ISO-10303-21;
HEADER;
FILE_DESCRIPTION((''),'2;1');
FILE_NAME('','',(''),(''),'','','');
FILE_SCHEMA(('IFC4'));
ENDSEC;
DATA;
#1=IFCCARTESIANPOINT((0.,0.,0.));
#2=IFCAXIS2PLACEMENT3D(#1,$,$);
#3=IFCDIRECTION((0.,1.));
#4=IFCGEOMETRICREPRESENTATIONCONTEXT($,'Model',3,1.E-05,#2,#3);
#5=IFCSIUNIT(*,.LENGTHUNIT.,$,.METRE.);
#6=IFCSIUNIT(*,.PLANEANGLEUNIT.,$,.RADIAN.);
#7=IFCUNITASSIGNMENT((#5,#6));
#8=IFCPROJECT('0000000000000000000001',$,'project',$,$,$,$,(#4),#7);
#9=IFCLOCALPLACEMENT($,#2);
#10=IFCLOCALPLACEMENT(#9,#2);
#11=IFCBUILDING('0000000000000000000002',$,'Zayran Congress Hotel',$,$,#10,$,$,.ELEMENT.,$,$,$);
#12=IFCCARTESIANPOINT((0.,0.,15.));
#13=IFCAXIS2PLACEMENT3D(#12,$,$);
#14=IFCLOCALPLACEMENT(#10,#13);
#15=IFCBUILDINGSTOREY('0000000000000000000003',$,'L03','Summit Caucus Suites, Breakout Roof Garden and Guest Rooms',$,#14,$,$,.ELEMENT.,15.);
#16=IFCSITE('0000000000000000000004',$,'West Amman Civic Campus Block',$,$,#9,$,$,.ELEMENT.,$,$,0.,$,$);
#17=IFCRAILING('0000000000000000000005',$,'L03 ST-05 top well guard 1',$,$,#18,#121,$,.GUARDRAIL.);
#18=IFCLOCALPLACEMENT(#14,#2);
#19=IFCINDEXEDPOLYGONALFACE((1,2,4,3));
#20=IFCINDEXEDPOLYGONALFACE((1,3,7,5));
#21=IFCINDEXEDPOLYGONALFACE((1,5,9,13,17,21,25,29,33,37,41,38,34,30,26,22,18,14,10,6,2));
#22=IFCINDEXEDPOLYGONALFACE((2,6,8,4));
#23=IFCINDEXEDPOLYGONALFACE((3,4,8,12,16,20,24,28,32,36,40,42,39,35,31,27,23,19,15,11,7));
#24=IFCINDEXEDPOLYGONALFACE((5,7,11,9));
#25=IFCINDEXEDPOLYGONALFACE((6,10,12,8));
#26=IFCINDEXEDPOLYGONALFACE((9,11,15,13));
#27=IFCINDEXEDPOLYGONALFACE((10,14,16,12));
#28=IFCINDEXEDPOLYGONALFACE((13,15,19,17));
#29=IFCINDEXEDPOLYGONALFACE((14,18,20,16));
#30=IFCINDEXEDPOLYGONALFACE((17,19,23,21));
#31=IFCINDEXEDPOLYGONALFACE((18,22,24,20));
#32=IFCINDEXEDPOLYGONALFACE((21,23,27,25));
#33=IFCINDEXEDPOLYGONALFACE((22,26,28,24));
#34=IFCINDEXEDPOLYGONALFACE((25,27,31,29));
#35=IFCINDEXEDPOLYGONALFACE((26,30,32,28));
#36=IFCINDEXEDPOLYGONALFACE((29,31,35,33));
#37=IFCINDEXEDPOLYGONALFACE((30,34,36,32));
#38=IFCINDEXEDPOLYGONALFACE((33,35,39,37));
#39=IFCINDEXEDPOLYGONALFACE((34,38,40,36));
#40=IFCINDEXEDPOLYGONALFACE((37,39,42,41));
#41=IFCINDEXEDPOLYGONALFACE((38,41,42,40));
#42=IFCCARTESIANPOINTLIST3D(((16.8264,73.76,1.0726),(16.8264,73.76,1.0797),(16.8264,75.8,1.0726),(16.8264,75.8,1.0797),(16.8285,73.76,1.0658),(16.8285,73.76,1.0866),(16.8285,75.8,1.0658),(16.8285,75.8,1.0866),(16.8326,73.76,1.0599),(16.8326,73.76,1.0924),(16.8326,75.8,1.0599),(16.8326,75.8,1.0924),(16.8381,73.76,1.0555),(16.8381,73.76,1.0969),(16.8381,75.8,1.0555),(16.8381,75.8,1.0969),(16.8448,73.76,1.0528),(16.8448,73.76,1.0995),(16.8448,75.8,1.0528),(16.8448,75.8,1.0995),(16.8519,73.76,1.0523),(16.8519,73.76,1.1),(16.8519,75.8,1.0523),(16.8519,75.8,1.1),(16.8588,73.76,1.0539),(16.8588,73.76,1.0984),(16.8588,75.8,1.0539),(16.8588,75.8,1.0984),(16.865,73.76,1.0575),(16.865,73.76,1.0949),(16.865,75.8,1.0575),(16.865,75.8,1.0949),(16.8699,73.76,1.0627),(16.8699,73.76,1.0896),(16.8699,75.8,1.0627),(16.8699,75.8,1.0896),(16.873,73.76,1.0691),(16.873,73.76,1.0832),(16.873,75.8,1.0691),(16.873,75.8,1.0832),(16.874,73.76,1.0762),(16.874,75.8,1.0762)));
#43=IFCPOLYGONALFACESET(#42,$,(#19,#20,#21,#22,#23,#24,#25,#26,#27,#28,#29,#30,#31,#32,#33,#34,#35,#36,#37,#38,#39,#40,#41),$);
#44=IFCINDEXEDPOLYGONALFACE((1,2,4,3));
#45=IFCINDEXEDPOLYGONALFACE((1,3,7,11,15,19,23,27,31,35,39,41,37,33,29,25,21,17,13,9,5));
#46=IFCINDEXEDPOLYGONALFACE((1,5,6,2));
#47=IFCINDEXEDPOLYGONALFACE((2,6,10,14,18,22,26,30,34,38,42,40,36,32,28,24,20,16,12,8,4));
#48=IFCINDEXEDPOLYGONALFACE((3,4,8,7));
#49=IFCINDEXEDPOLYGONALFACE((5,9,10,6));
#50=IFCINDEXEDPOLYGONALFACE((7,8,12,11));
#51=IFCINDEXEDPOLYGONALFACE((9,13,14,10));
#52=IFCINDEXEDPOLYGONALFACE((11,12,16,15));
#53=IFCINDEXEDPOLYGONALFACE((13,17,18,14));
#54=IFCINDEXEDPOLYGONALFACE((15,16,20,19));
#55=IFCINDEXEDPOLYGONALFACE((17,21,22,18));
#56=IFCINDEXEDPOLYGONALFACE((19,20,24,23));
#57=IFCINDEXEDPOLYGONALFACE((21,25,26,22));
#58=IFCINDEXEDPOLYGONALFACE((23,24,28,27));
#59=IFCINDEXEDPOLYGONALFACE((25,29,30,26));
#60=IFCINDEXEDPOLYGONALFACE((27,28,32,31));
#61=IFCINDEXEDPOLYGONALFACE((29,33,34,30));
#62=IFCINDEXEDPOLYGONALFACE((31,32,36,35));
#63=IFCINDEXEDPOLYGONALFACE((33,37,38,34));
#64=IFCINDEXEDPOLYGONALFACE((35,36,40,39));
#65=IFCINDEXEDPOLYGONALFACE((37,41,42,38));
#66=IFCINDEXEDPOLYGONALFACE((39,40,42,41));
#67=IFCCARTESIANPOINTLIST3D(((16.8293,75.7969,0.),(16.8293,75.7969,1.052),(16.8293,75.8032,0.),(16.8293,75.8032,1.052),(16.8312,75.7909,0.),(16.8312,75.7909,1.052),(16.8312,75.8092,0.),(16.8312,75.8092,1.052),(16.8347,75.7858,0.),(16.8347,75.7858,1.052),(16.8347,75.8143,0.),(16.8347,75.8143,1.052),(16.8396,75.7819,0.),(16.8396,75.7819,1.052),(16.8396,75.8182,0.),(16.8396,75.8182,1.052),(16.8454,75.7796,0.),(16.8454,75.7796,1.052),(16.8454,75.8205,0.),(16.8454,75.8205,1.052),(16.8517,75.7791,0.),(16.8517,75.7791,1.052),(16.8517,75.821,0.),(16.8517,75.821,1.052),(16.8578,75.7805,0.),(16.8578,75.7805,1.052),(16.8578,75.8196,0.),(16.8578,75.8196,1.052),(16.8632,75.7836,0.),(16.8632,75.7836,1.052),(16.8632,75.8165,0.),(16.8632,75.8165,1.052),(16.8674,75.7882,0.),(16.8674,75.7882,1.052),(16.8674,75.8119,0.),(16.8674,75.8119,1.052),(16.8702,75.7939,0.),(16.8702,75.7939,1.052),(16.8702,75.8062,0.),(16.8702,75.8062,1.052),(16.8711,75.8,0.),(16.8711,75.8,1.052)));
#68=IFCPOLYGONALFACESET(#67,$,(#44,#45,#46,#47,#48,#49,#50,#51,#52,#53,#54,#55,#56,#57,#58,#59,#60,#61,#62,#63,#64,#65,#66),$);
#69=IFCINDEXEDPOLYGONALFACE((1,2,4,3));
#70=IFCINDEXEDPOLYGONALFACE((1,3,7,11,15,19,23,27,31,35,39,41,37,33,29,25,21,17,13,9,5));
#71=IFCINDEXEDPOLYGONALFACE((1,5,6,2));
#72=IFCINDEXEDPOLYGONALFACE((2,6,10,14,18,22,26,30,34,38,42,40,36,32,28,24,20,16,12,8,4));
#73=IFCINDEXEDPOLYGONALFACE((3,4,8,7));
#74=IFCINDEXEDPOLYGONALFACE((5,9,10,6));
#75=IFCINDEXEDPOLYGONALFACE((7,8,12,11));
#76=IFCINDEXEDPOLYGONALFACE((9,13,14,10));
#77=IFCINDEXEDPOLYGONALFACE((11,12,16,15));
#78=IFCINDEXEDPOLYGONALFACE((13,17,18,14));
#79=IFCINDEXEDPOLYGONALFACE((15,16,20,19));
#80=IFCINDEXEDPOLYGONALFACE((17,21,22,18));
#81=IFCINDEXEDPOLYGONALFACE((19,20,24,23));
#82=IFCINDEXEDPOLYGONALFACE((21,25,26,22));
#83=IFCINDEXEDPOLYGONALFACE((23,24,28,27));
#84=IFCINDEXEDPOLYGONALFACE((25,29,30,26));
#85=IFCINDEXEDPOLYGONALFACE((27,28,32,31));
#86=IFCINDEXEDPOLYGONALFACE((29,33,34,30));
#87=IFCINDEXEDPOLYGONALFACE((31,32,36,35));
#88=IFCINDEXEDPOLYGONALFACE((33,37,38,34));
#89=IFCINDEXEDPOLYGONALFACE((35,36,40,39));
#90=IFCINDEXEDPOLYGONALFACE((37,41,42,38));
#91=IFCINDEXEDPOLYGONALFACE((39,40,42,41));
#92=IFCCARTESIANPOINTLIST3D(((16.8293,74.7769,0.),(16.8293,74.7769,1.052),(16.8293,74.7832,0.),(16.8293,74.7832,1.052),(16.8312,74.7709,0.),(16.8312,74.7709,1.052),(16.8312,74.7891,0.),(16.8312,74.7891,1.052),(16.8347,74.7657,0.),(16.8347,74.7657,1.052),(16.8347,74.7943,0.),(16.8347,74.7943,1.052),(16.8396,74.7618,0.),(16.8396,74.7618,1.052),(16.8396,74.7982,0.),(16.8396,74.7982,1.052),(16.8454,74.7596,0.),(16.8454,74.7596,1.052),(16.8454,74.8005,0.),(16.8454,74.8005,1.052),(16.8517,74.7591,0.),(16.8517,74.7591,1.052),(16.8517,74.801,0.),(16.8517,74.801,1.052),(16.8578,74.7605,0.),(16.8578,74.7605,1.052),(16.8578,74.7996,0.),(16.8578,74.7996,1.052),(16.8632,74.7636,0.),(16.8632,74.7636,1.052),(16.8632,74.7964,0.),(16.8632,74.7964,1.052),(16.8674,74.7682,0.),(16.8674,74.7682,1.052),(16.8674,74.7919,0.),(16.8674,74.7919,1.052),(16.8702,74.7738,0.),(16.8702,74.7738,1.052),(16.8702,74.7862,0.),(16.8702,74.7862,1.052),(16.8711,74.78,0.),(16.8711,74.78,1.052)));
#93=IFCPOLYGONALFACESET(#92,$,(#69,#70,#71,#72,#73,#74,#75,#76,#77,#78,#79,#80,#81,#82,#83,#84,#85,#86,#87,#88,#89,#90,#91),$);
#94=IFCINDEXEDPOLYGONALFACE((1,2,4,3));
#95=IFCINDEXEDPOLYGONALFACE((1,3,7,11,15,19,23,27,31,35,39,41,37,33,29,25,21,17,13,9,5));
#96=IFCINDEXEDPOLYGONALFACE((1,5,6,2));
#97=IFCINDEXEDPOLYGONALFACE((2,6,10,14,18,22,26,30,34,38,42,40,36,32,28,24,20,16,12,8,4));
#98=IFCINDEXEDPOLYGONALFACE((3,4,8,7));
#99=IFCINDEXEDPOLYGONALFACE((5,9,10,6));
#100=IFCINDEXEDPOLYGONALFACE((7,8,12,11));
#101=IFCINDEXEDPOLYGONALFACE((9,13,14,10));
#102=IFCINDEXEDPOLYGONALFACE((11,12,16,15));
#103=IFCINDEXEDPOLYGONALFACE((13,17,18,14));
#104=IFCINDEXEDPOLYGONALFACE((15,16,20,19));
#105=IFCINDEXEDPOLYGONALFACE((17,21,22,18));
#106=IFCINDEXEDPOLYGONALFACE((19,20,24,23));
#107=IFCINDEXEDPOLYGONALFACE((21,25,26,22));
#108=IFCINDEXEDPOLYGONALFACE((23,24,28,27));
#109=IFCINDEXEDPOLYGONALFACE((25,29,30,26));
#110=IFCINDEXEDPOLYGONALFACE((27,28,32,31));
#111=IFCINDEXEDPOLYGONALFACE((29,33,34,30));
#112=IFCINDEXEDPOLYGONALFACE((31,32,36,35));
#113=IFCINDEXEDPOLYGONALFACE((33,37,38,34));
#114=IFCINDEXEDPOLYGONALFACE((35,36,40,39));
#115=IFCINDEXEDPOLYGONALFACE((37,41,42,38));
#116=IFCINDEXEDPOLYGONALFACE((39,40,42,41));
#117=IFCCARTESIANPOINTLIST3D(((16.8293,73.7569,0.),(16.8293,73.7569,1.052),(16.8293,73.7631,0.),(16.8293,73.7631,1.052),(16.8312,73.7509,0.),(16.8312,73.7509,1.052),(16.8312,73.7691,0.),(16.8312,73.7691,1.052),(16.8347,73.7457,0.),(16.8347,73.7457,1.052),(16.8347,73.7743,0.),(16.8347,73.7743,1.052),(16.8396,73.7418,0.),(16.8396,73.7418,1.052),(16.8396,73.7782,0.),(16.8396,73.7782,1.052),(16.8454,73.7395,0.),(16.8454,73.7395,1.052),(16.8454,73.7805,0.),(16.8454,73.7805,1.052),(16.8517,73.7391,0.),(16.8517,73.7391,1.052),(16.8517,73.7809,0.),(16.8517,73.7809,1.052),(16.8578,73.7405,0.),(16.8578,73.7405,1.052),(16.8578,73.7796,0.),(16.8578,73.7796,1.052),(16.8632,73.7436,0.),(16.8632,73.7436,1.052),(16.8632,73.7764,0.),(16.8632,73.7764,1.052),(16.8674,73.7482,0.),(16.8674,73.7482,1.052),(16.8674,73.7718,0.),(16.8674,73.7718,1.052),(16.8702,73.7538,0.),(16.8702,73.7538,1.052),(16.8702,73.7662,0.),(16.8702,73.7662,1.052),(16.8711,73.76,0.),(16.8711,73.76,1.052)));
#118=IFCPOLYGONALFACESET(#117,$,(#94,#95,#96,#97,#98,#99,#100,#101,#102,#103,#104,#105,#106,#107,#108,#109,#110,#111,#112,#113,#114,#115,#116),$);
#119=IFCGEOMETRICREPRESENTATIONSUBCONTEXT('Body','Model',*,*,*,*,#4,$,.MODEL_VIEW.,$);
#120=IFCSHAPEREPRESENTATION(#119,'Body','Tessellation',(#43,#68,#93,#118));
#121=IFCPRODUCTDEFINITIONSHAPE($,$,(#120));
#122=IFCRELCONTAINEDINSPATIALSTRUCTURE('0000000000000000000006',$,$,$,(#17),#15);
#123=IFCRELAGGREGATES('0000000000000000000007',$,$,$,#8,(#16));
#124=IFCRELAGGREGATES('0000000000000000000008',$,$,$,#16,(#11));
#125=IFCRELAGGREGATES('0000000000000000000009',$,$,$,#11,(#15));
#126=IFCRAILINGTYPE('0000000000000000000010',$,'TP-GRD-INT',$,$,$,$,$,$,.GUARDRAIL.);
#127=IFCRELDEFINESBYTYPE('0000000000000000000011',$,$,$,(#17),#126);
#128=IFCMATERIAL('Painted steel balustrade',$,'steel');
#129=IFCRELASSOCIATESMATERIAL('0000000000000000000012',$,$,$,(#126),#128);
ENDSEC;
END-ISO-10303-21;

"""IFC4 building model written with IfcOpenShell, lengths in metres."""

from ifc_helpers import new_model, si_unit, direction, frame, origin, origin_2d, place, context, subcontext, project, spatial, circle, extrude, material, type_object, element, save


model = new_model("IFC4")

# Units and contexts
model_context = context("Model", 3, precision=1e-05, world=origin(), true_north=direction((0.0, 1.0)))
body_context = subcontext(model_context, "Body", "Model", "MODEL_VIEW")
ifc_project = project(units=[si_unit("LENGTHUNIT", "METRE"), si_unit("PLANEANGLEUNIT", "RADIAN")], contexts=[model_context])

# Site, building, storey
site_placement = place(None, origin())
site = spatial("IfcSite", under=ifc_project, at=site_placement, Name="West Amman Civic Campus Block", CompositionType="ELEMENT", RefElevation=0.0)
building_placement = place(site_placement, origin())
building = spatial("IfcBuilding", under=site, at=building_placement, Name="Zayran Congress Hotel", CompositionType="ELEMENT")
storey_placement = place(building_placement, frame((0.0, 0.0, 15.0)))
storey = spatial("IfcBuildingStorey", under=building, at=storey_placement, Name="L03", Description="Summit Caucus Suites, Breakout Roof Garden and Guest Rooms", CompositionType="ELEMENT", Elevation=15.0)

# Railing
ifc_material_1 = material(Name="Painted steel balustrade", Category="steel")
railing_type = type_object("IfcRailingType", Name="TP-GRD-INT", PredefinedType="GUARDRAIL", material=ifc_material_1)
railing_1_placement = place(storey_placement, frame((16.8501, 75.8, 0.0)))
element("IfcRailing", 1, at=railing_1_placement, inside=storey, type_object=railing_type, Name="L03 ST-05 top well guard 1", PredefinedType="GUARDRAIL", context=body_context, shape_type="SweptSolid", body=[
    extrude(circle(Radius=0.0239, at=origin_2d()), frame((0.0, 0.0, 1.0762), z_axis=(0.0, -1.0, 0.0), x_axis=(1.0, 0.0, 0.0)), (0.0, 0.0, 1.0), 2.04),
    extrude(circle(Radius=0.021, at=origin_2d()), origin(), (0.0, 0.0, 1.0), 1.052),
    extrude(circle(Radius=0.021, at=origin_2d()), frame((0.0, -1.02, 0.0)), (0.0, 0.0, 1.0), 1.052),
    extrude(circle(Radius=0.021, at=origin_2d()), frame((0.0, -2.04, 0.0)), (0.0, 0.0, 1.0), 1.052),
])

save(model, "model.ifc")
